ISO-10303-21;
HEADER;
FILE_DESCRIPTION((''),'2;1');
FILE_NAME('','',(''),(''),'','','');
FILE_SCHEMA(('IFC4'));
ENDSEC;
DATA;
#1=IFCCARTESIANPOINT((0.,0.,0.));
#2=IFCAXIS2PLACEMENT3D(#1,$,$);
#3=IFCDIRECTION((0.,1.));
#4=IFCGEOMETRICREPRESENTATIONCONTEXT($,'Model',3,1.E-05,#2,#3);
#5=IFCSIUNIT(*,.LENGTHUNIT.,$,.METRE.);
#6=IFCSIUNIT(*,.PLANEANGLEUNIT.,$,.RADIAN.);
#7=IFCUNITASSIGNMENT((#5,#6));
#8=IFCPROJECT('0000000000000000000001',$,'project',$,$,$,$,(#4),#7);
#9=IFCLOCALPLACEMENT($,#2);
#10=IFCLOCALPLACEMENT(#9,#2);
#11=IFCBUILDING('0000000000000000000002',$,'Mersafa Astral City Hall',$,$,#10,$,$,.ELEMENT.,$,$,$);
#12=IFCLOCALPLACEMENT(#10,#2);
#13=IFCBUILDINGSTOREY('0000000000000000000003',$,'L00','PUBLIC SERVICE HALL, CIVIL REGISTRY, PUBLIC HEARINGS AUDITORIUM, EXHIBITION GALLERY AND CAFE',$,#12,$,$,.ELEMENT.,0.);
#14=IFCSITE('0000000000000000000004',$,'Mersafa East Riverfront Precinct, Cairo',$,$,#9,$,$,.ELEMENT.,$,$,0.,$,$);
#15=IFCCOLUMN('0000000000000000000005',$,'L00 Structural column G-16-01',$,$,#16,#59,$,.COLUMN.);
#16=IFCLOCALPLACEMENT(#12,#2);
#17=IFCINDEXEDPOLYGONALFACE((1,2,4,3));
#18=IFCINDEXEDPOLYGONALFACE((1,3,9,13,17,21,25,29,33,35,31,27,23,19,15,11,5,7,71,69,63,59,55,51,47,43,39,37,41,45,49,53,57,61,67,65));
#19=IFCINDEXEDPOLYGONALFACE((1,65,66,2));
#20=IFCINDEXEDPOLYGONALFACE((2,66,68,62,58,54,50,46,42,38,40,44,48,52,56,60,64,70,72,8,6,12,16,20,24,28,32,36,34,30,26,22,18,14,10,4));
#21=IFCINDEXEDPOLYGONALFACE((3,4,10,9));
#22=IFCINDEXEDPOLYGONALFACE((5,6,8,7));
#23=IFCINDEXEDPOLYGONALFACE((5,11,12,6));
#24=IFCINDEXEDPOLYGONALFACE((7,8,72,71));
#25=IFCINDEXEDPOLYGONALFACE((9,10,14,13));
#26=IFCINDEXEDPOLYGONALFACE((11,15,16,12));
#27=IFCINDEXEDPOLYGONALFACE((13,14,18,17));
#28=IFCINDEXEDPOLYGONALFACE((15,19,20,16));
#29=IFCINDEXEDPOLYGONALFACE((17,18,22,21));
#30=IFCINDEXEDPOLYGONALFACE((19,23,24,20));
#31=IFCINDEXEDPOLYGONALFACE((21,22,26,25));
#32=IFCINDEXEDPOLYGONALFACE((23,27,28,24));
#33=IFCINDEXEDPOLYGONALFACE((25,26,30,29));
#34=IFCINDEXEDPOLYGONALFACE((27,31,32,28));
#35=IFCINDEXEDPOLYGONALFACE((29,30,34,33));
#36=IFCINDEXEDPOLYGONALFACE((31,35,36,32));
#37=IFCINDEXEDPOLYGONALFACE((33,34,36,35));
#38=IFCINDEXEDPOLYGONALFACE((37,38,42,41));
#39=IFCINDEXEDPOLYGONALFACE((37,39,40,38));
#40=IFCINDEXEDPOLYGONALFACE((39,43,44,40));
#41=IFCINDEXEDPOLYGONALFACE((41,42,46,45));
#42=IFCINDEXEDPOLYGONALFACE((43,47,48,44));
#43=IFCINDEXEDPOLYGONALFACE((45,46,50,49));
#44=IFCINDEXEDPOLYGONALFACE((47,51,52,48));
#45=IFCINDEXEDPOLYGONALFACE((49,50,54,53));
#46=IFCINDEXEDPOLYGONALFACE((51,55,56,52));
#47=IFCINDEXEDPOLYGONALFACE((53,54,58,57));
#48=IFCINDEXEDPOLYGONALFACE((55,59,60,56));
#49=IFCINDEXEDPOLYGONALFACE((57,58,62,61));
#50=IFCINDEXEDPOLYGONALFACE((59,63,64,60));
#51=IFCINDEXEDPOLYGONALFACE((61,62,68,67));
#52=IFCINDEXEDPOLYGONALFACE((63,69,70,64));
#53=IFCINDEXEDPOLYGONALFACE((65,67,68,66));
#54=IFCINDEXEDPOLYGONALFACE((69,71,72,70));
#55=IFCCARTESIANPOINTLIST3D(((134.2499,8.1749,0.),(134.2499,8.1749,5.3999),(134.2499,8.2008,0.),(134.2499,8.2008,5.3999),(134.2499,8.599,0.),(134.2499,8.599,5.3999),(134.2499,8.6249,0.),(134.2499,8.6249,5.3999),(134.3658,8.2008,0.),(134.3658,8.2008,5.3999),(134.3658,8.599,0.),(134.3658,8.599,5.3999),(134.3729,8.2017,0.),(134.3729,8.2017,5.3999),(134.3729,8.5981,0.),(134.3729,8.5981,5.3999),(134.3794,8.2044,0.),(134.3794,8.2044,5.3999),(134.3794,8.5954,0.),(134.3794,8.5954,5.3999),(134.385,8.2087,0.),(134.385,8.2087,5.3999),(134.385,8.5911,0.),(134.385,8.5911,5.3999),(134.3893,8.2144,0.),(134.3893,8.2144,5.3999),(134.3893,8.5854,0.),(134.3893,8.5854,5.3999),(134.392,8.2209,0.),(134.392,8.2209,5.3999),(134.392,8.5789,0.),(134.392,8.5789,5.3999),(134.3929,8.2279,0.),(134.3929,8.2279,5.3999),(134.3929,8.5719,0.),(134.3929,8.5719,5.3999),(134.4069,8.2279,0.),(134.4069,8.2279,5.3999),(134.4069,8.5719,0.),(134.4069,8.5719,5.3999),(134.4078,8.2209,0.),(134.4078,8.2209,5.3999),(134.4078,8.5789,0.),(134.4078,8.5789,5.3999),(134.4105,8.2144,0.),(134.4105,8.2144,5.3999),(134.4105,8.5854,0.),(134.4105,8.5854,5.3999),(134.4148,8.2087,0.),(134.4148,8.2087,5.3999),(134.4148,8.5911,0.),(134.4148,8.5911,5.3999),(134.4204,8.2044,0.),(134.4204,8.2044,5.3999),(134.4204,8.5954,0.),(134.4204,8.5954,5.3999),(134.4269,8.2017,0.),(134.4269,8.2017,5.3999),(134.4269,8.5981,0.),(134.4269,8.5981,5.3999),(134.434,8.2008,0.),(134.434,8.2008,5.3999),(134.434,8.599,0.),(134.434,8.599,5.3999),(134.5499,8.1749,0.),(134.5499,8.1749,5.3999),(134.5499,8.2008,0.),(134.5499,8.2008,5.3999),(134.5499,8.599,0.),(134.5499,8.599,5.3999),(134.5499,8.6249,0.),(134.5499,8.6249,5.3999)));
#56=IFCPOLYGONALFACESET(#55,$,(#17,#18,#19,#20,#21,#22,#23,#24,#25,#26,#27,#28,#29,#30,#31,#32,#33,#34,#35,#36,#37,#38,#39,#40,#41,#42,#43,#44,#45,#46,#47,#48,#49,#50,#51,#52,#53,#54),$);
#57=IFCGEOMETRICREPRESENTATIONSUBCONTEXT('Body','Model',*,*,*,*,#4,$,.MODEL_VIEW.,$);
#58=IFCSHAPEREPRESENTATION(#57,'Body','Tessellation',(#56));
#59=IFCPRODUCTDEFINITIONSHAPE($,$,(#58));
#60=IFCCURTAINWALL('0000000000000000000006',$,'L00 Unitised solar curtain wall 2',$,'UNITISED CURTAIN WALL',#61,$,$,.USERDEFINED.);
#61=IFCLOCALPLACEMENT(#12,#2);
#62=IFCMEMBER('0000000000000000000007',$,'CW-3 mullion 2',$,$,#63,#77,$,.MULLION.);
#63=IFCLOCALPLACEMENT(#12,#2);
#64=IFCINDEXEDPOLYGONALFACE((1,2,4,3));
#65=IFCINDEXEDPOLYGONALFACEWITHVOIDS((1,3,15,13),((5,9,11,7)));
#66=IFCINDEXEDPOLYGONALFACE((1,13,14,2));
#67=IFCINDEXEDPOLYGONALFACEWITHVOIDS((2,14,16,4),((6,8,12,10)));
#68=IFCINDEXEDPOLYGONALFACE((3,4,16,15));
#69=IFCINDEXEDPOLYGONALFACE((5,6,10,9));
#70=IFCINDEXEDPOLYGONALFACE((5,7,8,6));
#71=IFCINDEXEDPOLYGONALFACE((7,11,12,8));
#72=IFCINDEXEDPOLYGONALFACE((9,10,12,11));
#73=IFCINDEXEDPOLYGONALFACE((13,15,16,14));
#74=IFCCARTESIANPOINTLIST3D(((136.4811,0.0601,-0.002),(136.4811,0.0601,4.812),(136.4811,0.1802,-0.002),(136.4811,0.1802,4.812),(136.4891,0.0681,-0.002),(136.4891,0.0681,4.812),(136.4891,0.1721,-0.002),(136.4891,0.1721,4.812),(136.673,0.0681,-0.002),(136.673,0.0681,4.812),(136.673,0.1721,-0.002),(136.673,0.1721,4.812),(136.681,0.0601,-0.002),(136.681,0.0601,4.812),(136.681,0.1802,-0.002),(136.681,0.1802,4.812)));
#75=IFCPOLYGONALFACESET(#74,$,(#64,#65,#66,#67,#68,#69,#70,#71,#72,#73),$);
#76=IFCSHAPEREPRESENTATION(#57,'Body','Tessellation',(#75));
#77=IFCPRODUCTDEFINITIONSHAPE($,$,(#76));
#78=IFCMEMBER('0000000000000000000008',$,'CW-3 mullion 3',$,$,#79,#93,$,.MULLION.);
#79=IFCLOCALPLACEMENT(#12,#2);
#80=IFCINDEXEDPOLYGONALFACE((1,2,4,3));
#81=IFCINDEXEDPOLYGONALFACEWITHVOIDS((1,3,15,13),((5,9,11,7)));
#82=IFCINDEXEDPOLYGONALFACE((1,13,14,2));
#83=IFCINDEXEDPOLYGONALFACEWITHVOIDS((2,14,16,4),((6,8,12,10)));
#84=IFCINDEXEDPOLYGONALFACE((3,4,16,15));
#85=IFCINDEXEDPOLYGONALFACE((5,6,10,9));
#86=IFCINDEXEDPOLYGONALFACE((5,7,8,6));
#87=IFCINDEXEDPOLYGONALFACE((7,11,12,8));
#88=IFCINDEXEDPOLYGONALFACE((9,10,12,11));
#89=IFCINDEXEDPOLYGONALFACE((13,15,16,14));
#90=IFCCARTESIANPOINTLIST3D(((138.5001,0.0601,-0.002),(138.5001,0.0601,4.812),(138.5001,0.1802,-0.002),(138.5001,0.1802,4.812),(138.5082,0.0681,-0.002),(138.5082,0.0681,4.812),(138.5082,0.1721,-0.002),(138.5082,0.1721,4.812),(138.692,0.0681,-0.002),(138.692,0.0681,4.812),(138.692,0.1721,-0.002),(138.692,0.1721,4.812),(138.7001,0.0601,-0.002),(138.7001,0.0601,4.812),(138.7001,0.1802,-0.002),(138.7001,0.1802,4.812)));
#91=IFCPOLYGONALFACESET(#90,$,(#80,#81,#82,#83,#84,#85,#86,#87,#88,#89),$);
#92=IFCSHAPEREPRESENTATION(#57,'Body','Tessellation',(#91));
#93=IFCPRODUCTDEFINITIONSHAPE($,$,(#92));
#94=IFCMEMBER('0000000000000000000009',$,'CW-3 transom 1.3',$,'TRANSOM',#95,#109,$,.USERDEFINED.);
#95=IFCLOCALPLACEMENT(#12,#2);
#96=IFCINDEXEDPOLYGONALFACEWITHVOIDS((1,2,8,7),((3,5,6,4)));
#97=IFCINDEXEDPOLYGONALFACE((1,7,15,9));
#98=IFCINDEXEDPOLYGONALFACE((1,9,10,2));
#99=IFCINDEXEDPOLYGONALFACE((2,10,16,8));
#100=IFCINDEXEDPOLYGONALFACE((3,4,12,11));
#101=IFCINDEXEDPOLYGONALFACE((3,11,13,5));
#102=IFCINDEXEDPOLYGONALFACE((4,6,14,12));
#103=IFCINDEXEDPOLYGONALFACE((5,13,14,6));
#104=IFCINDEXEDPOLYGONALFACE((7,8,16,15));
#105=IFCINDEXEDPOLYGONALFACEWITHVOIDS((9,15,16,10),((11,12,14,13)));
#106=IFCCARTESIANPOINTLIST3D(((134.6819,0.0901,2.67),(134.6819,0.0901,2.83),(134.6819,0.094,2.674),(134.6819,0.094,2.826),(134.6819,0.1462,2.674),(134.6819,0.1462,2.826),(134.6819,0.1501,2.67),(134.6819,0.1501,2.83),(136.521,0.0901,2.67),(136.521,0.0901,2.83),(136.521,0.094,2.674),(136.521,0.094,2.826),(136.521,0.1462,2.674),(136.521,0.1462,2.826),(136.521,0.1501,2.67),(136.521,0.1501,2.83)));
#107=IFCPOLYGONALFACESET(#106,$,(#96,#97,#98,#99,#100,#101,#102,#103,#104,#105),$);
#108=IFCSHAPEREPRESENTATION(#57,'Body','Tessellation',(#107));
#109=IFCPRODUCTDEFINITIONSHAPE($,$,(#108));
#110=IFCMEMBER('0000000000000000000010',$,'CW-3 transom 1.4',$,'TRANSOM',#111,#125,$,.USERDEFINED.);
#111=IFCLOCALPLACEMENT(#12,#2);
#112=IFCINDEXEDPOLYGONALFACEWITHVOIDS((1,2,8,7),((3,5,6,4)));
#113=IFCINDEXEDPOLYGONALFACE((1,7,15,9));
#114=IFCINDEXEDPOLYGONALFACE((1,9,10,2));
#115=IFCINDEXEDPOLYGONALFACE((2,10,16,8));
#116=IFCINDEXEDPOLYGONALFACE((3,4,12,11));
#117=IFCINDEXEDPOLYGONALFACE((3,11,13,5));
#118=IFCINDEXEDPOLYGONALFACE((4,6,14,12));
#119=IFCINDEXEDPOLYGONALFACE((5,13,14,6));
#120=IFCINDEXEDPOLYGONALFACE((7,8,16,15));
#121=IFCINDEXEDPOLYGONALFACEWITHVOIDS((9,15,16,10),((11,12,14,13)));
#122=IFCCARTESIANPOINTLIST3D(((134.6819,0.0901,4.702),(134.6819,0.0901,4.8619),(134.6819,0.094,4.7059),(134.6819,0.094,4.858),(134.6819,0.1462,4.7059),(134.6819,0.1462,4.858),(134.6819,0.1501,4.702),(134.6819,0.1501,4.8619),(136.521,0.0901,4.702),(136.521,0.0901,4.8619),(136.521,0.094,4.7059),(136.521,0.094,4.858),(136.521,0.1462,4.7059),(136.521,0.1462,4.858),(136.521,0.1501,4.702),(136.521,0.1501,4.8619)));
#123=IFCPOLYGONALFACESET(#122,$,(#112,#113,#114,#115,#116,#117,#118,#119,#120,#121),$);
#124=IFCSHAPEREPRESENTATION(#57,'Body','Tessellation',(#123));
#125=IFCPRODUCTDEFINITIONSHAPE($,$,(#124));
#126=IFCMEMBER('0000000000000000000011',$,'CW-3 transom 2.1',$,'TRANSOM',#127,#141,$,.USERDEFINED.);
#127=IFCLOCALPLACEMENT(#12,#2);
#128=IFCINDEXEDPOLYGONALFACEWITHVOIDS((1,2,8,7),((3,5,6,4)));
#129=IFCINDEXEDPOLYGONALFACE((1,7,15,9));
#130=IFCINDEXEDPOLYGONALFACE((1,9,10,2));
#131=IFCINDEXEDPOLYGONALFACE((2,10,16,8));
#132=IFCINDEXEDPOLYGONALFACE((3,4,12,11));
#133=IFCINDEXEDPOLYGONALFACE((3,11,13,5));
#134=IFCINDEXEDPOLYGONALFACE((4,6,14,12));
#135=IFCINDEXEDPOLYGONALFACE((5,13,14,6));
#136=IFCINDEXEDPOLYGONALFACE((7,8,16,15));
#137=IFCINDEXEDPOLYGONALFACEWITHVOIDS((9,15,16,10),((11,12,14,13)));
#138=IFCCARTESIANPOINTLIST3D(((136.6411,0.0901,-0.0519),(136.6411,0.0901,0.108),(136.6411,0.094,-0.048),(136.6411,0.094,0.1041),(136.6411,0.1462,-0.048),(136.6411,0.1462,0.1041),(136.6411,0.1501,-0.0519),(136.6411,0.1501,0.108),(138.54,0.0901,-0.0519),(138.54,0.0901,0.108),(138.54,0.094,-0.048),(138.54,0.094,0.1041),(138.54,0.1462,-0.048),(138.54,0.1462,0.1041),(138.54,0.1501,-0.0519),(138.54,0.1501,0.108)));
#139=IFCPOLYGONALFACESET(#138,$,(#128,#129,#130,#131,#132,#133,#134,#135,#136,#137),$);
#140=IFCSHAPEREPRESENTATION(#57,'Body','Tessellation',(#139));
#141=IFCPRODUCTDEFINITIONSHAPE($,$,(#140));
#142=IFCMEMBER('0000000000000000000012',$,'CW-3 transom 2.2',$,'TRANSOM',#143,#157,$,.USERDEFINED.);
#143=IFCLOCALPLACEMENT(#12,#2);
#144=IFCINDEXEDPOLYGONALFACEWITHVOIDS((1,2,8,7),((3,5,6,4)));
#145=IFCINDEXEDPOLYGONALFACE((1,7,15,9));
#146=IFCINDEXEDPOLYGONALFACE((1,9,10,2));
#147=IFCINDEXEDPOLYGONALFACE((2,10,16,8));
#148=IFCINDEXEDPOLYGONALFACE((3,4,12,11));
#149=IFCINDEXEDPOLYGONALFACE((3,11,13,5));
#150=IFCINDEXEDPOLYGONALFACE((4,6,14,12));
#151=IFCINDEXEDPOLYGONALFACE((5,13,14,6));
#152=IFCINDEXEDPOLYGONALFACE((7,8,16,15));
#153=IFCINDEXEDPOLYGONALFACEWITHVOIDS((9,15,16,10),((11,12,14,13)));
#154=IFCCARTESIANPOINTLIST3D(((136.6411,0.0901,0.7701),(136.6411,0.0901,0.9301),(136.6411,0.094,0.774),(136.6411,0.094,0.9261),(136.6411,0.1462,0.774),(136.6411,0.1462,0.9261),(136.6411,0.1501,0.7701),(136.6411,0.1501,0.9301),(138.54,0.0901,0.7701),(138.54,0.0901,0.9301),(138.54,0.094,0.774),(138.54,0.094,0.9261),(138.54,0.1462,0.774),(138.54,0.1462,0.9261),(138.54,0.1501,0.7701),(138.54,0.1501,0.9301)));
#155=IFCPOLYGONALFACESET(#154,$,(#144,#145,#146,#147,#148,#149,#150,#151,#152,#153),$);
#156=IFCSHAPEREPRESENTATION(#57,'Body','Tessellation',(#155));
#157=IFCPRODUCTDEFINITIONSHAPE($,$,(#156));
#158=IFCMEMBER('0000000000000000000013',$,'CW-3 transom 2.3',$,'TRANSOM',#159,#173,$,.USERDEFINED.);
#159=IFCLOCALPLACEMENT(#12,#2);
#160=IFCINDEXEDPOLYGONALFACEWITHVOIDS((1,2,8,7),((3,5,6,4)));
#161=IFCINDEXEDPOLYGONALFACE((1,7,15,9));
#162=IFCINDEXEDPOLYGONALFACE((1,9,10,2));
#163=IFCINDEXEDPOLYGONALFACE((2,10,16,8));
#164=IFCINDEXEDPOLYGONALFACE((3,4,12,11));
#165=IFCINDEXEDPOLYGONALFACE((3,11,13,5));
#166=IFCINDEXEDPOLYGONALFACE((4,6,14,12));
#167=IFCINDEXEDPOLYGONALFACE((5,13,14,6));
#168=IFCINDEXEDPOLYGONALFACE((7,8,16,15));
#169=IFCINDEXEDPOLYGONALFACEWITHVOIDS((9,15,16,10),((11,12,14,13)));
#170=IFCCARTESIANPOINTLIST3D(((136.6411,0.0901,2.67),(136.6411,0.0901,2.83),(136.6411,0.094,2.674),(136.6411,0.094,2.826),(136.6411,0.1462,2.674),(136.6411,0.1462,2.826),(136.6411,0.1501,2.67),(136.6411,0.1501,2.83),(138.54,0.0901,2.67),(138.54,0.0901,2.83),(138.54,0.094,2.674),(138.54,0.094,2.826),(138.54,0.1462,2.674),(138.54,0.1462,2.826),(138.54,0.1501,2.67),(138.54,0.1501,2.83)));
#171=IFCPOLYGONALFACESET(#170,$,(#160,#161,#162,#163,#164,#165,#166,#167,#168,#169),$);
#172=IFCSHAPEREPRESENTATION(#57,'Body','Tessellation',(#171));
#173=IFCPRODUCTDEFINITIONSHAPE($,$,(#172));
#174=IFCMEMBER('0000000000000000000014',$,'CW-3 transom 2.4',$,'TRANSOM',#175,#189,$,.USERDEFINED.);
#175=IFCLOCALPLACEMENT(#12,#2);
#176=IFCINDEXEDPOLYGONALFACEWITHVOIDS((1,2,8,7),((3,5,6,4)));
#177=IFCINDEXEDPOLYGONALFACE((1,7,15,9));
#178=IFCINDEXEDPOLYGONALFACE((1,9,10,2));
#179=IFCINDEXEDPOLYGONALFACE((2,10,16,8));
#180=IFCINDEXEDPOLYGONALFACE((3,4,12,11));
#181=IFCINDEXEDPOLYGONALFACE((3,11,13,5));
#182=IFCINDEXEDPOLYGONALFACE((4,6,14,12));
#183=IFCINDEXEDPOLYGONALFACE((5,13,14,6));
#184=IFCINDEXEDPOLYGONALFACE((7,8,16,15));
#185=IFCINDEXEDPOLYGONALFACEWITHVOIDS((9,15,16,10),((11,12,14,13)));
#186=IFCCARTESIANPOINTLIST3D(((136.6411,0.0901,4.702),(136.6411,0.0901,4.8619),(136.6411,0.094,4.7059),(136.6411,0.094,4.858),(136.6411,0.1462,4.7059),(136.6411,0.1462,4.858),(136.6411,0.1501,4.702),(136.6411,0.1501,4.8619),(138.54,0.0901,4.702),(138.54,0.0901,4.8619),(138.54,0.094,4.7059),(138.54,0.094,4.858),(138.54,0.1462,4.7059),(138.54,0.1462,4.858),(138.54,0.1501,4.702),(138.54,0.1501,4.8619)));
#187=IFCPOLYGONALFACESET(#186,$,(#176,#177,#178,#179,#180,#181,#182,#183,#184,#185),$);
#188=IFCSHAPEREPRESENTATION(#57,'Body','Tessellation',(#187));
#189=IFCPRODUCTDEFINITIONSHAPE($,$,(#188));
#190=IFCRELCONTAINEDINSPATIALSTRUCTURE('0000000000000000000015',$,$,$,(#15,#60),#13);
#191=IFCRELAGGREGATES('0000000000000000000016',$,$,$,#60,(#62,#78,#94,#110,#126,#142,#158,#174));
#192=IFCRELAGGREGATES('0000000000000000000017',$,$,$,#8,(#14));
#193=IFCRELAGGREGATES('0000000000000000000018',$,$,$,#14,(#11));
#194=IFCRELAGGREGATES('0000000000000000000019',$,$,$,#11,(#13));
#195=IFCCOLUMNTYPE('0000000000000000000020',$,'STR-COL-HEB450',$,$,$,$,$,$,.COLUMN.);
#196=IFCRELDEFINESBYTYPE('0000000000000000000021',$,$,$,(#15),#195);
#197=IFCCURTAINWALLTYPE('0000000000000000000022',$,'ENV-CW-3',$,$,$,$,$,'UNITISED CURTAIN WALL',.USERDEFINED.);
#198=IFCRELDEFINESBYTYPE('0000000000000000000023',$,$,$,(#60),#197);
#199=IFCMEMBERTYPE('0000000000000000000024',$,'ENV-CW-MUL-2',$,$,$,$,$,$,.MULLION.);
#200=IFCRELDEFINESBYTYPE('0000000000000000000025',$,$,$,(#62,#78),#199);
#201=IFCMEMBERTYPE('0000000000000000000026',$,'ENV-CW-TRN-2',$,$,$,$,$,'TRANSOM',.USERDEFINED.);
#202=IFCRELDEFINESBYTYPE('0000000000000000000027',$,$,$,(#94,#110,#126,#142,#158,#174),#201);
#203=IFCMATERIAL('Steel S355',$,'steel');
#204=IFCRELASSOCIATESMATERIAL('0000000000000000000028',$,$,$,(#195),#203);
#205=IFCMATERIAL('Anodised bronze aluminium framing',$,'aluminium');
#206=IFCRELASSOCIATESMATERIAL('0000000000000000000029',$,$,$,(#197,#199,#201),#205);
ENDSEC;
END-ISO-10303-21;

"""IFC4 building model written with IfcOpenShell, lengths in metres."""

from ifc_helpers import new_model, si_unit, direction, frame, origin, origin_2d, place, context, subcontext, project, spatial, hollow_rectangle, i_section, extrude, material, material_profile, profile_set, type_object, element, aggregate, save


model = new_model("IFC4")

# Units and contexts
model_context = context("Model", 3, precision=1e-05, world=origin(), true_north=direction((0.0, 1.0)))
body_context = subcontext(model_context, "Body", "Model", "MODEL_VIEW")
ifc_project = project(units=[si_unit("LENGTHUNIT", "METRE"), si_unit("PLANEANGLEUNIT", "RADIAN")], contexts=[model_context])

# Site, building, storey
site_placement = place(None, origin())
site = spatial("IfcSite", under=ifc_project, at=site_placement, Name="Mersafa East Riverfront Precinct, Cairo", CompositionType="ELEMENT", RefElevation=0.0)
building_placement = place(site_placement, origin())
building = spatial("IfcBuilding", under=site, at=building_placement, Name="Mersafa Astral City Hall", CompositionType="ELEMENT")
storey_placement = place(building_placement, origin())
storey = spatial("IfcBuildingStorey", under=building, at=storey_placement, Name="L00", Description="PUBLIC SERVICE HALL, CIVIL REGISTRY, PUBLIC HEARINGS AUDITORIUM, EXHIBITION GALLERY AND CAFE", CompositionType="ELEMENT", Elevation=0.0)

# Column
ifc_material_1 = material(Name="Steel S355", Category="steel")
ifc_material_profile_1 = material_profile(ifc_material_1, i_section(OverallWidth=0.3, OverallDepth=0.45, WebThickness=0.0139, FlangeThickness=0.0259, FilletRadius=0.0271, at=origin_2d()), Name="HEB 450")
ifc_profile_set_1 = profile_set([ifc_material_profile_1], Name="Steel S355")
column_type = type_object("IfcColumnType", Name="STR-COL-HEB450", PredefinedType="COLUMN", material=ifc_profile_set_1)
column_placement = place(storey_placement, frame((134.3999, 8.3999, 0.0), z_axis=(0.0, 0.0, 1.0), x_axis=(1.0, 0.0, 0.0)))
element("IfcColumn", 1, at=column_placement, inside=storey, type_object=column_type, Name="L00 Structural column G-16-01", PredefinedType="COLUMN", context=body_context, shape_type="SweptSolid", body=[
    extrude(i_section(OverallWidth=0.3, OverallDepth=0.45, WebThickness=0.0139, FlangeThickness=0.0259, FilletRadius=0.0271, at=origin_2d()), origin(), (0.0, 0.0, 1.0), 5.3999),
])

# Curtain wall, members
ifc_material_2 = material(Name="Anodised bronze aluminium framing", Category="aluminium")
curtain_wall_type = type_object("IfcCurtainWallType", Name="ENV-CW-3", ElementType="UNITISED CURTAIN WALL", PredefinedType="USERDEFINED", material=ifc_material_2)
curtain_wall_placement = place(storey_placement, origin())
curtain_wall = element("IfcCurtainWall", 2, at=curtain_wall_placement, inside=storey, type_object=curtain_wall_type, Name="L00 Unitised solar curtain wall 2", ObjectType="UNITISED CURTAIN WALL", PredefinedType="USERDEFINED")
ifc_material_profile_2 = material_profile(ifc_material_2, hollow_rectangle(XDim=0.1201, YDim=0.2, WallThickness=0.0081, at=origin_2d()), Name="RHS 120x200x8")
ifc_profile_set_2 = profile_set([ifc_material_profile_2], Name="Anodised bronze aluminium framing")
member_type_1 = type_object("IfcMemberType", Name="ENV-CW-MUL-2", PredefinedType="MULLION", material=ifc_profile_set_2)
member_1_placement = place(storey_placement, frame((136.5811, 0.1201, -0.002), z_axis=(0.0, 0.0, 1.0), x_axis=(0.0, 1.0, 0.0)))
member_1 = element("IfcMember", 3, at=member_1_placement, type_object=member_type_1, Name="CW-3 mullion 2", PredefinedType="MULLION", context=body_context, shape_type="SweptSolid", body=[
    extrude(hollow_rectangle(XDim=0.1201, YDim=0.2, WallThickness=0.0081, at=origin_2d()), origin(), (0.0, 0.0, 1.0), 4.814),
])
member_2_placement = place(storey_placement, frame((138.6001, 0.1201, -0.002), z_axis=(0.0, 0.0, 1.0), x_axis=(0.0, 1.0, 0.0)))
member_2 = element("IfcMember", 4, at=member_2_placement, type_object=member_type_1, Name="CW-3 mullion 3", PredefinedType="MULLION", context=body_context, shape_type="SweptSolid", body=[
    extrude(hollow_rectangle(XDim=0.1201, YDim=0.2, WallThickness=0.0081, at=origin_2d()), origin(), (0.0, 0.0, 1.0), 4.814),
])
ifc_material_profile_3 = material_profile(ifc_material_2, hollow_rectangle(XDim=0.0601, YDim=0.1599, WallThickness=0.0039, at=origin_2d()), Name="RHS 60x160x4")
ifc_profile_set_3 = profile_set([ifc_material_profile_3], Name="Anodised bronze aluminium framing")
member_type_2 = type_object("IfcMemberType", Name="ENV-CW-TRN-2", ElementType="TRANSOM", PredefinedType="USERDEFINED", material=ifc_profile_set_3)
member_3_placement = place(storey_placement, frame((134.6819, 0.1201, 2.75), z_axis=(1.0, 0.0, 0.0), x_axis=(0.0, 1.0, 0.0)))
member_3 = element("IfcMember", 5, at=member_3_placement, type_object=member_type_2, Name="CW-3 transom 1.3", ObjectType="TRANSOM", PredefinedType="USERDEFINED", context=body_context, shape_type="SweptSolid", body=[
    extrude(hollow_rectangle(XDim=0.0601, YDim=0.1599, WallThickness=0.0039, at=origin_2d()), origin(), (0.0, 0.0, 1.0), 1.8391),
])
member_4_placement = place(storey_placement, frame((134.6819, 0.1201, 4.782), z_axis=(1.0, 0.0, 0.0), x_axis=(0.0, 1.0, 0.0)))
member_4 = element("IfcMember", 6, at=member_4_placement, type_object=member_type_2, Name="CW-3 transom 1.4", ObjectType="TRANSOM", PredefinedType="USERDEFINED", context=body_context, shape_type="SweptSolid", body=[
    extrude(hollow_rectangle(XDim=0.0601, YDim=0.1599, WallThickness=0.0039, at=origin_2d()), origin(), (0.0, 0.0, 1.0), 1.8391),
])
member_5_placement = place(storey_placement, frame((136.6411, 0.1201, 0.0281), z_axis=(1.0, 0.0, 0.0), x_axis=(0.0, 1.0, 0.0)))
member_5 = element("IfcMember", 7, at=member_5_placement, type_object=member_type_2, Name="CW-3 transom 2.1", ObjectType="TRANSOM", PredefinedType="USERDEFINED", context=body_context, shape_type="SweptSolid", body=[
    extrude(hollow_rectangle(XDim=0.0601, YDim=0.1599, WallThickness=0.0039, at=origin_2d()), origin(), (0.0, 0.0, 1.0), 1.8989),
])
member_6_placement = place(storey_placement, frame((136.6411, 0.1201, 0.8501), z_axis=(1.0, 0.0, 0.0), x_axis=(0.0, 1.0, 0.0)))
member_6 = element("IfcMember", 8, at=member_6_placement, type_object=member_type_2, Name="CW-3 transom 2.2", ObjectType="TRANSOM", PredefinedType="USERDEFINED", context=body_context, shape_type="SweptSolid", body=[
    extrude(hollow_rectangle(XDim=0.0601, YDim=0.1599, WallThickness=0.0039, at=origin_2d()), origin(), (0.0, 0.0, 1.0), 1.8989),
])
member_7_placement = place(storey_placement, frame((136.6411, 0.1201, 2.75), z_axis=(1.0, 0.0, 0.0), x_axis=(0.0, 1.0, 0.0)))
member_7 = element("IfcMember", 9, at=member_7_placement, type_object=member_type_2, Name="CW-3 transom 2.3", ObjectType="TRANSOM", PredefinedType="USERDEFINED", context=body_context, shape_type="SweptSolid", body=[
    extrude(hollow_rectangle(XDim=0.0601, YDim=0.1599, WallThickness=0.0039, at=origin_2d()), origin(), (0.0, 0.0, 1.0), 1.8989),
])
member_8_placement = place(storey_placement, frame((136.6411, 0.1201, 4.782), z_axis=(1.0, 0.0, 0.0), x_axis=(0.0, 1.0, 0.0)))
member_8 = element("IfcMember", 10, at=member_8_placement, type_object=member_type_2, Name="CW-3 transom 2.4", ObjectType="TRANSOM", PredefinedType="USERDEFINED", context=body_context, shape_type="SweptSolid", body=[
    extrude(hollow_rectangle(XDim=0.0601, YDim=0.1599, WallThickness=0.0039, at=origin_2d()), origin(), (0.0, 0.0, 1.0), 1.8989),
])

aggregate(curtain_wall, [member_1, member_2, member_3, member_4, member_5, member_6, member_7, member_8])

save(model, "model.ifc")
